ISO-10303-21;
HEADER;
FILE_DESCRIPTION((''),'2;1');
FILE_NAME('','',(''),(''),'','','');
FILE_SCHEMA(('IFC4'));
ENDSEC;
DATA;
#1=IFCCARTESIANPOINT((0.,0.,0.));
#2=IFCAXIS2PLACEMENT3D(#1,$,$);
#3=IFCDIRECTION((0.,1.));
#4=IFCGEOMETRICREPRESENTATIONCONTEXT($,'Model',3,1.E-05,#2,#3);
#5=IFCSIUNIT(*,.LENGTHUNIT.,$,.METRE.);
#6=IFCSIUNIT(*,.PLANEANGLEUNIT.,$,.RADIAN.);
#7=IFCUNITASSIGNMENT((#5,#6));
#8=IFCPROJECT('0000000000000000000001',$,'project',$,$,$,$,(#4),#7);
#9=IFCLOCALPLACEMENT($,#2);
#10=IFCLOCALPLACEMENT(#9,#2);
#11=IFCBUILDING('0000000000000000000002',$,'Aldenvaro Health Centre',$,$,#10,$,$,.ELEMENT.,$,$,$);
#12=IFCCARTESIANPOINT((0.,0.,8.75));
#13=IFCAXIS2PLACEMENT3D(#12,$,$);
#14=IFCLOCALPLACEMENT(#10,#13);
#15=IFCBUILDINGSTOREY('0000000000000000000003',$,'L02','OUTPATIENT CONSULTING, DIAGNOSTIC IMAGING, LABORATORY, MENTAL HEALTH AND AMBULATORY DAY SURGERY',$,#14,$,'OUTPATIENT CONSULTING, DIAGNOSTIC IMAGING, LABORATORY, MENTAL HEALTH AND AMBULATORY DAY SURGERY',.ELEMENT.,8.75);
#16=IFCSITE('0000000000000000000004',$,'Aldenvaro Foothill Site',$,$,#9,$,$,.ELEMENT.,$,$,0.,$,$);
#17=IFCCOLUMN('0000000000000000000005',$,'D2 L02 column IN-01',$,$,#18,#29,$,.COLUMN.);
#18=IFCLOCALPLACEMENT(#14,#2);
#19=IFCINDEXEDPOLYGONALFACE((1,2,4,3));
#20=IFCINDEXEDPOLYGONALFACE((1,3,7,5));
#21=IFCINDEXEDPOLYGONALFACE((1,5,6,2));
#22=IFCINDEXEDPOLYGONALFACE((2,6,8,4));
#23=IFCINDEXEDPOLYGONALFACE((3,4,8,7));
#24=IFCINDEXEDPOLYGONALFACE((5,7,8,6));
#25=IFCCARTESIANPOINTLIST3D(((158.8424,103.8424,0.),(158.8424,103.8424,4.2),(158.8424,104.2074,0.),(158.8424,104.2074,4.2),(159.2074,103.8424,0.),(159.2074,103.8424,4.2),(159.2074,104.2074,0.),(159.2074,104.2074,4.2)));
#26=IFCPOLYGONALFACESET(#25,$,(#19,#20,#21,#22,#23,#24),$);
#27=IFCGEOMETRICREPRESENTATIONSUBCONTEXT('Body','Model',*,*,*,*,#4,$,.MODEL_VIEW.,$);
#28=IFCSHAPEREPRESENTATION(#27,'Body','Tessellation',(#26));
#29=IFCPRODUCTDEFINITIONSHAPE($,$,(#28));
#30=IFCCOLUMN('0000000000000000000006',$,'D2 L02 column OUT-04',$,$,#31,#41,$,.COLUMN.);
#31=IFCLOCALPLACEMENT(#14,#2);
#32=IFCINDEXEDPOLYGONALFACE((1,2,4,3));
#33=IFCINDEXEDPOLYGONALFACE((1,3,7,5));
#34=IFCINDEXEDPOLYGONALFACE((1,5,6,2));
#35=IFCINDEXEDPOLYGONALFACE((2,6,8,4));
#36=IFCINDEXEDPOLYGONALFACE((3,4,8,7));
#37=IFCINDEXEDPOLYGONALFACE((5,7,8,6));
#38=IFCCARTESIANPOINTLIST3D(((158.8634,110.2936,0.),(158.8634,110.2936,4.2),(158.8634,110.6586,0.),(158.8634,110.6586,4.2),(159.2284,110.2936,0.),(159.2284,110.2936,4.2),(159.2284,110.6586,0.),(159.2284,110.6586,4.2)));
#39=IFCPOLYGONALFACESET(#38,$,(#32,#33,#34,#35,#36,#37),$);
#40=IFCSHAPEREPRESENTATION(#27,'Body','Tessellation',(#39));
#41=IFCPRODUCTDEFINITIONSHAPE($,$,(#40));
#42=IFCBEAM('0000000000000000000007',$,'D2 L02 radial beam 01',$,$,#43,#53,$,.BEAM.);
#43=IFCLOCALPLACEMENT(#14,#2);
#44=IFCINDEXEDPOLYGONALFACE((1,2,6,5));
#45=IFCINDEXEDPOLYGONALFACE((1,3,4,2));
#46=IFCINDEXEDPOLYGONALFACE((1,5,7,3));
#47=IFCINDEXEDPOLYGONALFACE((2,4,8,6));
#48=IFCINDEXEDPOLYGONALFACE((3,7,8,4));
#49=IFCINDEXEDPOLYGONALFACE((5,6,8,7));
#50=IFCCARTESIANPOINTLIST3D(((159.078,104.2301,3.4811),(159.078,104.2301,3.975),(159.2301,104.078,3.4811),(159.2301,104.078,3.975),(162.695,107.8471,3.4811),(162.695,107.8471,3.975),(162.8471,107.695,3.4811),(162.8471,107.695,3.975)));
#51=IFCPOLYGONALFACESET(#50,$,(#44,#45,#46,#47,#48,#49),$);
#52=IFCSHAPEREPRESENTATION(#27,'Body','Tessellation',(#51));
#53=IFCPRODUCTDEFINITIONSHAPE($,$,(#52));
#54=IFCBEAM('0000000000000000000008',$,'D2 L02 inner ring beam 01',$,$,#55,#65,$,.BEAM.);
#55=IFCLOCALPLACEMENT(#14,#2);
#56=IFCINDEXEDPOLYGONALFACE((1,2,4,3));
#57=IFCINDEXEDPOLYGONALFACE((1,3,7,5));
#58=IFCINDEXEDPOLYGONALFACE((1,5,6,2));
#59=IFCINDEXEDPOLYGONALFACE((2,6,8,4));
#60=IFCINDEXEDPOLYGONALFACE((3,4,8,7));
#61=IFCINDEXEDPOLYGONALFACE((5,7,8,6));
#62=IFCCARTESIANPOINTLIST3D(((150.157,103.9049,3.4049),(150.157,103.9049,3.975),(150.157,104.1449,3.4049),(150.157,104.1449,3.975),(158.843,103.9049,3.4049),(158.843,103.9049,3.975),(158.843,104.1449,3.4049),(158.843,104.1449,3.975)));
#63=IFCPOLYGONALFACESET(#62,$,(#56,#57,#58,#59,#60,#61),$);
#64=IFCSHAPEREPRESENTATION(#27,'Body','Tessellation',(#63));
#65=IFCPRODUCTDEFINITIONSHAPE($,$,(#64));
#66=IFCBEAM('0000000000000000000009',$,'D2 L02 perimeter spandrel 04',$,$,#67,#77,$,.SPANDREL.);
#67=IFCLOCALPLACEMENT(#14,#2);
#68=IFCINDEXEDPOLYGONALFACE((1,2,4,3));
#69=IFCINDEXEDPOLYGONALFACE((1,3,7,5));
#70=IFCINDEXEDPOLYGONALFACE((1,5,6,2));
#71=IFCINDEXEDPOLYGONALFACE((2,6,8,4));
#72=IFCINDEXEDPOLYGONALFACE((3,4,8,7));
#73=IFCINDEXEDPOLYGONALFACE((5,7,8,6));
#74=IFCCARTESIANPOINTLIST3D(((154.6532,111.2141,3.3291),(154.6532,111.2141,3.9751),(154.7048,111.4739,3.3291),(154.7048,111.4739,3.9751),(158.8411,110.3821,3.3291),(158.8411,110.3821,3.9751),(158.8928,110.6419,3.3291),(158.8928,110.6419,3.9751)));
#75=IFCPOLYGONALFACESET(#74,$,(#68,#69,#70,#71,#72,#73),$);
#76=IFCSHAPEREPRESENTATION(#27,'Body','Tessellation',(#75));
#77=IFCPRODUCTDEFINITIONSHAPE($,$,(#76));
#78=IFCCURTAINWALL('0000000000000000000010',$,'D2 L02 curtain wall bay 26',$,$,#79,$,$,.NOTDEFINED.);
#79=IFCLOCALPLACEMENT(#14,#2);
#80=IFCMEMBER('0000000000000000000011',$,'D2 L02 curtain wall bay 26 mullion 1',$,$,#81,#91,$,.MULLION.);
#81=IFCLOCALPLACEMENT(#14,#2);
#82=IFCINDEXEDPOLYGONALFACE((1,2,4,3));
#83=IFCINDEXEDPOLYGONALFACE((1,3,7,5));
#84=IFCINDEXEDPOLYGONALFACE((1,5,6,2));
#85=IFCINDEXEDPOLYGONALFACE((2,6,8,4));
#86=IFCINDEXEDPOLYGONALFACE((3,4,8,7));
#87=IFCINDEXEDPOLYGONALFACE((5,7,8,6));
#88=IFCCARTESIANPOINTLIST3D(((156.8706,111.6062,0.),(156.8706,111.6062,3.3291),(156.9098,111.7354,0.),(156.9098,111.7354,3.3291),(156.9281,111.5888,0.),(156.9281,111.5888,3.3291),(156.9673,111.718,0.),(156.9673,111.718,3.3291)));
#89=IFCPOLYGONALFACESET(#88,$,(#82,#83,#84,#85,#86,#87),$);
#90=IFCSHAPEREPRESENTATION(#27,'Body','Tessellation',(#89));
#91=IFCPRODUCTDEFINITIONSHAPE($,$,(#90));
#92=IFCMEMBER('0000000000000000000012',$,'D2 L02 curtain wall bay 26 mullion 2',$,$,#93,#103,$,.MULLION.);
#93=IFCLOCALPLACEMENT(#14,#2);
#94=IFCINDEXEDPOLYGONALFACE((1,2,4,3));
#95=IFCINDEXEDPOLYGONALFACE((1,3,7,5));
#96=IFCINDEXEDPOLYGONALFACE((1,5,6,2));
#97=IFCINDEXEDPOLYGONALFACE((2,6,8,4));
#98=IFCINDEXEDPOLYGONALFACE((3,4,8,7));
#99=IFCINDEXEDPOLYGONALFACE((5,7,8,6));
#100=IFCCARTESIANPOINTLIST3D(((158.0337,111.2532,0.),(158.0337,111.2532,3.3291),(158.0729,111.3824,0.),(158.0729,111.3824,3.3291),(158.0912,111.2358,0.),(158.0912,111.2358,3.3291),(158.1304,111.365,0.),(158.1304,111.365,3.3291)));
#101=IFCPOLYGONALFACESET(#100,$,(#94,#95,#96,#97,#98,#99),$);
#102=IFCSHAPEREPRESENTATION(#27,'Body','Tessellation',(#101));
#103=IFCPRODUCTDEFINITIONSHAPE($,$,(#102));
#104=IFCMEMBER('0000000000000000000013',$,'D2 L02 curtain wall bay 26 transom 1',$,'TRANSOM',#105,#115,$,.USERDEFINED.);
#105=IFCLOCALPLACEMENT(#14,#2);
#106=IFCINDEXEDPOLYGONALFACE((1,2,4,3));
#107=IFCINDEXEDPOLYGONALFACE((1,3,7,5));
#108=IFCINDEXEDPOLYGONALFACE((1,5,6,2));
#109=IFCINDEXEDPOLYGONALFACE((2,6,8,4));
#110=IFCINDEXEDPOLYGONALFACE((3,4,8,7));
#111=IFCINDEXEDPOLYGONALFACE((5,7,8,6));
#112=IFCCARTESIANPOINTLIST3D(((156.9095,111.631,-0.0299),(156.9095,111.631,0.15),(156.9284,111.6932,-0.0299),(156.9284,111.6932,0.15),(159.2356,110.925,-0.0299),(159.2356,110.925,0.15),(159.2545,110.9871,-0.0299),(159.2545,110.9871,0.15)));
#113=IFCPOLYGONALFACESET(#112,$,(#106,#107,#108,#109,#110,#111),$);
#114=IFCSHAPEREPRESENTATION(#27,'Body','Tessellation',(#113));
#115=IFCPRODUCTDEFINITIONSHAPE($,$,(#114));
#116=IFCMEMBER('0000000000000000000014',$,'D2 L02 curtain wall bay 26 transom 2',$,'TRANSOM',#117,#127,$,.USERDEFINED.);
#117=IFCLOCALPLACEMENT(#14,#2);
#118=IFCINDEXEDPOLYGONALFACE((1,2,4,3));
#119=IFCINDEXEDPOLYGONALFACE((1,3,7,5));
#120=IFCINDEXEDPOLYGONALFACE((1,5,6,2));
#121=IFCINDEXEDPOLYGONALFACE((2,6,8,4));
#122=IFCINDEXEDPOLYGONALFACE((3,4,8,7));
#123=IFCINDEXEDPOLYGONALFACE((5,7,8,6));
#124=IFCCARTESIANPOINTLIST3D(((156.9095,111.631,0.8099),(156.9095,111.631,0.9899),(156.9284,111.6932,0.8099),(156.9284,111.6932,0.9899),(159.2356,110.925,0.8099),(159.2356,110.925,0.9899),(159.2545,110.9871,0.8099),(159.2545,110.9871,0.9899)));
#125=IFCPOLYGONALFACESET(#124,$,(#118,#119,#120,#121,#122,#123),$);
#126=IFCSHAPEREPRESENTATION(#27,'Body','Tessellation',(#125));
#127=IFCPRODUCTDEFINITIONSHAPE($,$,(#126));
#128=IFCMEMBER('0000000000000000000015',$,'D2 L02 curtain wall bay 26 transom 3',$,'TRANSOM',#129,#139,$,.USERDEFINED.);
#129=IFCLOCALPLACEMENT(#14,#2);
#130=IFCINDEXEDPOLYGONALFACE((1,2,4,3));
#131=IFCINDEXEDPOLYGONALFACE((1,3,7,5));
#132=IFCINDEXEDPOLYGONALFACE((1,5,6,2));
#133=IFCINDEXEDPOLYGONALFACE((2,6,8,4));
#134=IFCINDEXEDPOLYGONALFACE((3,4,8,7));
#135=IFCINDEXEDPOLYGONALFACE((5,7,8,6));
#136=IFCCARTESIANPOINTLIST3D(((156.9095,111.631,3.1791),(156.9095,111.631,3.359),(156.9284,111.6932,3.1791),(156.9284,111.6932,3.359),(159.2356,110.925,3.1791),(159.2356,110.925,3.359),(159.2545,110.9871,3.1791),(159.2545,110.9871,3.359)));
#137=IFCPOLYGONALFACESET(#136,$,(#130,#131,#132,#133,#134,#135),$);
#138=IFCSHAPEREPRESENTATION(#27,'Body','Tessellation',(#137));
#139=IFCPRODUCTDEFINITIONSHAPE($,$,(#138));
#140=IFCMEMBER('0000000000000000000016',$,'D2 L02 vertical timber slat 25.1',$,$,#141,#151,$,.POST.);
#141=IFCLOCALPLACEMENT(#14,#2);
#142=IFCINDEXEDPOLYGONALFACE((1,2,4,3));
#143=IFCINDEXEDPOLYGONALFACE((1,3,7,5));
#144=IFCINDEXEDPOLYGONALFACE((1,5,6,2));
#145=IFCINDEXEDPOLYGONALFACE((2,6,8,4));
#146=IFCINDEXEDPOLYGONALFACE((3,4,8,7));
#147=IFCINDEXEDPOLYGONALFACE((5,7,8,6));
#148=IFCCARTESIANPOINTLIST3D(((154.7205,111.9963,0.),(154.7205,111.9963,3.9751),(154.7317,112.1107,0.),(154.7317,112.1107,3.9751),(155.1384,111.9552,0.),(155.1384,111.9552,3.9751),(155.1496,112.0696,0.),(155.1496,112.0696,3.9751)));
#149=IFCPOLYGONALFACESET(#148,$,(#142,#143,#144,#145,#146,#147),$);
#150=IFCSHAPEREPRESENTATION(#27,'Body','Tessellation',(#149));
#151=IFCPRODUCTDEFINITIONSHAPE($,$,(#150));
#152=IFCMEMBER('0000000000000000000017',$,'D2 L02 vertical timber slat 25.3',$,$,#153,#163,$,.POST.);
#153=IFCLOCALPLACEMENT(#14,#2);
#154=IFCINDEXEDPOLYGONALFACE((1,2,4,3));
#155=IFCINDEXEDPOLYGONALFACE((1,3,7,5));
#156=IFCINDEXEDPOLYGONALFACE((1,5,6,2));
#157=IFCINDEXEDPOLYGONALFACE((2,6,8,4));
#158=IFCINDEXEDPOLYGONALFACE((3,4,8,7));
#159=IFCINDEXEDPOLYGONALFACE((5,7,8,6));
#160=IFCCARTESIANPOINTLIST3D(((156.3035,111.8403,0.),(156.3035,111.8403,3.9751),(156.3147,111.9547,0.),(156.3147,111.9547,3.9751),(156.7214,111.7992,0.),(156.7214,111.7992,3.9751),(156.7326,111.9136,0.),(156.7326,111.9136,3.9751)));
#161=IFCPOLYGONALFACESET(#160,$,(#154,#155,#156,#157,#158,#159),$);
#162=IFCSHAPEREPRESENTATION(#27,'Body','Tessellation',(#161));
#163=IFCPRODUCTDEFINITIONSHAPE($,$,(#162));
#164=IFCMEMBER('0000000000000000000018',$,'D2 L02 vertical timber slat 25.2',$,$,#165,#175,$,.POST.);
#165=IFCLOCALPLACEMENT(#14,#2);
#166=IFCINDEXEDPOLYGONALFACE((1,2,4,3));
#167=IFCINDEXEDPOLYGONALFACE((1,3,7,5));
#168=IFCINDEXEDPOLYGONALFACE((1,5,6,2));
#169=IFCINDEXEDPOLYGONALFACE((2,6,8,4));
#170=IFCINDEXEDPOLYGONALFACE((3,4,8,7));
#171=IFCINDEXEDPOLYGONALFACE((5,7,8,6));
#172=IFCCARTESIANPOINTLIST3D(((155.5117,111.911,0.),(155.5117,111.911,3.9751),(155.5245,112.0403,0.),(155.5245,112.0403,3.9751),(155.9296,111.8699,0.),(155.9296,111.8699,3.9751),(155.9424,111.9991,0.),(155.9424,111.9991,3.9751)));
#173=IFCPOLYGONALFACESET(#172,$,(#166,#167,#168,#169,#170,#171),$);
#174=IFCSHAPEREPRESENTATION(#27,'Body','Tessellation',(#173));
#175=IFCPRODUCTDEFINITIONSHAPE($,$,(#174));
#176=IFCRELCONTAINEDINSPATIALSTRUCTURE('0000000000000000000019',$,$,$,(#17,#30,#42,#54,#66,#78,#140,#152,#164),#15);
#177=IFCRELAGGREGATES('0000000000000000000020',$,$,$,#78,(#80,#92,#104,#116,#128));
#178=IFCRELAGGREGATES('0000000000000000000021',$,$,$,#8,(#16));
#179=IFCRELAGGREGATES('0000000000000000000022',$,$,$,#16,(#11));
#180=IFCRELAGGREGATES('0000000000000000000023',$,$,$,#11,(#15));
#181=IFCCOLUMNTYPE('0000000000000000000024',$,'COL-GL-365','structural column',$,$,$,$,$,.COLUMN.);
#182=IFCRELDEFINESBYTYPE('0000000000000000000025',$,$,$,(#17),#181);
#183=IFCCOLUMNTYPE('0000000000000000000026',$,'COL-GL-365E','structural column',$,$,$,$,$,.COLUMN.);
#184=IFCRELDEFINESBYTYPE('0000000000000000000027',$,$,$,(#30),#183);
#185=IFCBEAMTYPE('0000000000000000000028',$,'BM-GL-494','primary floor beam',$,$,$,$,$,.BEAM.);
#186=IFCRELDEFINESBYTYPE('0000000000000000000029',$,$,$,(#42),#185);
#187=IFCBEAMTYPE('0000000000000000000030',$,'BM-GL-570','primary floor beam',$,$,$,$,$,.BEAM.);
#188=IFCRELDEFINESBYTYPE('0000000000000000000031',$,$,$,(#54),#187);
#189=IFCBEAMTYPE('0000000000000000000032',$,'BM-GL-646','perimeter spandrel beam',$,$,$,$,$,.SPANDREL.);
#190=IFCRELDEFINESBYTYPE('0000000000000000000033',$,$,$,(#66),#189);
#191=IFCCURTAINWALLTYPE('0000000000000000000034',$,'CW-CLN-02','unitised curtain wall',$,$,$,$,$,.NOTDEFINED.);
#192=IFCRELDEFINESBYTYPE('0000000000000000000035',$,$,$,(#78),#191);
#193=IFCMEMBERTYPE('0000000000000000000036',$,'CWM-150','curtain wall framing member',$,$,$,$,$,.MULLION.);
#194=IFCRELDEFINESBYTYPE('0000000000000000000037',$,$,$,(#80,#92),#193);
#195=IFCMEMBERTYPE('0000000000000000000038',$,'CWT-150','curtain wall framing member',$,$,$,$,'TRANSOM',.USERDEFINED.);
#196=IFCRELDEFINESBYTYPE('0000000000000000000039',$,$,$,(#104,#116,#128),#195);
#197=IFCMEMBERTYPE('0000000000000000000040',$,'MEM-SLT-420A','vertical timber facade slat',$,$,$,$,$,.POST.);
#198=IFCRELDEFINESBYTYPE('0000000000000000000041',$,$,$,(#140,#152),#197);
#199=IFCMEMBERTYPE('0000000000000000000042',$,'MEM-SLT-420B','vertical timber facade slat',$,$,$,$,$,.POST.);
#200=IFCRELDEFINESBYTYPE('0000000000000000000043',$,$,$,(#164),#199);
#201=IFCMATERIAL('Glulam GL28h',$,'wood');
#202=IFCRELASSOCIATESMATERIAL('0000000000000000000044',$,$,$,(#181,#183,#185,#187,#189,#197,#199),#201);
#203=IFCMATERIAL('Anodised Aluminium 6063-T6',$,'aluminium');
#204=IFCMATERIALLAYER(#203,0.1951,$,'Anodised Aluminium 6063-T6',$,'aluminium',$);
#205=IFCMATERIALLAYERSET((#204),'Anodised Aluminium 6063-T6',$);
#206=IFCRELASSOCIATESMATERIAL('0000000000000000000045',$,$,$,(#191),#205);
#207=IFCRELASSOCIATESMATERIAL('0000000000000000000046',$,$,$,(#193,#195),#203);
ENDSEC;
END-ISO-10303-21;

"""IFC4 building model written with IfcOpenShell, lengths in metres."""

from ifc_helpers import new_model, si_unit, direction, frame, origin, origin_2d, place, context, subcontext, project, spatial, rectangle, extrude, material, layer, layer_set, material_profile, profile_set, type_object, element, aggregate, save


model = new_model("IFC4")

# Units and contexts
model_context = context("Model", 3, precision=1e-05, world=origin(), true_north=direction((0.0, 1.0)))
body_context = subcontext(model_context, "Body", "Model", "MODEL_VIEW")
ifc_project = project(units=[si_unit("LENGTHUNIT", "METRE"), si_unit("PLANEANGLEUNIT", "RADIAN")], contexts=[model_context])

# Site, building, storey
site_placement = place(None, origin())
site = spatial("IfcSite", under=ifc_project, at=site_placement, Name="Aldenvaro Foothill Site", CompositionType="ELEMENT", RefElevation=0.0)
building_placement = place(site_placement, origin())
building = spatial("IfcBuilding", under=site, at=building_placement, Name="Aldenvaro Health Centre", CompositionType="ELEMENT")
storey_placement = place(building_placement, frame((0.0, 0.0, 8.75)))
storey = spatial("IfcBuildingStorey", under=building, at=storey_placement, Name="L02", Description="OUTPATIENT CONSULTING, DIAGNOSTIC IMAGING, LABORATORY, MENTAL HEALTH AND AMBULATORY DAY SURGERY", LongName="OUTPATIENT CONSULTING, DIAGNOSTIC IMAGING, LABORATORY, MENTAL HEALTH AND AMBULATORY DAY SURGERY", CompositionType="ELEMENT", Elevation=8.75)

# Columns
ifc_material_1 = material(Name="Glulam GL28h", Category="wood")
ifc_material_profile_1 = material_profile(ifc_material_1, rectangle(XDim=0.365, YDim=0.365, at=origin_2d()), Name="GL 365x365", Category="wood")
ifc_profile_set_1 = profile_set([ifc_material_profile_1], Name="Glulam GL28h")
column_type_1 = type_object("IfcColumnType", Name="COL-GL-365", Description="structural column", PredefinedType="COLUMN", material=ifc_profile_set_1)
column_1_placement = place(storey_placement, frame((159.0249, 104.0249, 0.0), z_axis=(0.0, 0.0, 1.0), x_axis=(1.0, 0.0, 0.0)))
element("IfcColumn", 1, at=column_1_placement, inside=storey, type_object=column_type_1, Name="D2 L02 column IN-01", PredefinedType="COLUMN", context=body_context, shape_type="SweptSolid", body=[
    extrude(rectangle(XDim=0.365, YDim=0.365, at=origin_2d()), origin(), (0.0, 0.0, 1.0), 4.2),
])
ifc_material_profile_2 = material_profile(ifc_material_1, rectangle(XDim=0.365, YDim=0.365, at=origin_2d()), Name="GL 365x365", Category="wood")
ifc_profile_set_2 = profile_set([ifc_material_profile_2], Name="Glulam GL28h")
column_type_2 = type_object("IfcColumnType", Name="COL-GL-365E", Description="structural column", PredefinedType="COLUMN", material=ifc_profile_set_2)
column_2_placement = place(storey_placement, frame((159.0459, 110.4761, 0.0), z_axis=(0.0, 0.0, 1.0), x_axis=(1.0, 0.0, 0.0)))
element("IfcColumn", 2, at=column_2_placement, inside=storey, type_object=column_type_2, Name="D2 L02 column OUT-04", PredefinedType="COLUMN", context=body_context, shape_type="SweptSolid", body=[
    extrude(rectangle(XDim=0.365, YDim=0.365, at=origin_2d()), origin(), (0.0, 0.0, 1.0), 4.2),
])

# Beams
ifc_material_profile_3 = material_profile(ifc_material_1, rectangle(XDim=0.2151, YDim=0.4939, at=origin_2d()), Name="GL 215x494", Category="wood")
ifc_profile_set_3 = profile_set([ifc_material_profile_3], Name="Glulam GL28h")
beam_type_1 = type_object("IfcBeamType", Name="BM-GL-494", Description="primary floor beam", PredefinedType="BEAM", material=ifc_profile_set_3)
beam_1_placement = place(storey_placement, frame((159.1541, 104.1541, 3.728), z_axis=(0.707107, 0.707107, 0.0), x_axis=(-0.707107, 0.707107, 0.0)))
element("IfcBeam", 3, at=beam_1_placement, inside=storey, type_object=beam_type_1, Name="D2 L02 radial beam 01", PredefinedType="BEAM", context=body_context, shape_type="SweptSolid", body=[
    extrude(rectangle(XDim=0.2151, YDim=0.4939, at=origin_2d()), origin(), (0.0, 0.0, 1.0), 5.1152),
])
ifc_material_profile_4 = material_profile(ifc_material_1, rectangle(XDim=0.24, YDim=0.5701, at=origin_2d()), Name="GL 240x570", Category="wood")
ifc_profile_set_4 = profile_set([ifc_material_profile_4], Name="Glulam GL28h")
beam_type_2 = type_object("IfcBeamType", Name="BM-GL-570", Description="primary floor beam", PredefinedType="BEAM", material=ifc_profile_set_4)
beam_2_placement = place(storey_placement, frame((158.843, 104.0249, 3.6899), z_axis=(-1.0, 0.0, 0.0), x_axis=(0.0, -1.0, 0.0)))
element("IfcBeam", 4, at=beam_2_placement, inside=storey, type_object=beam_type_2, Name="D2 L02 inner ring beam 01", PredefinedType="BEAM", context=body_context, shape_type="SweptSolid", body=[
    extrude(rectangle(XDim=0.24, YDim=0.5701, at=origin_2d()), origin(), (0.0, 0.0, 1.0), 8.686),
])
ifc_material_profile_5 = material_profile(ifc_material_1, rectangle(XDim=0.2649, YDim=0.646, at=origin_2d()), Name="GL 265x646", Category="wood")
ifc_profile_set_5 = profile_set([ifc_material_profile_5], Name="Glulam GL28h")
beam_type_3 = type_object("IfcBeamType", Name="BM-GL-646", Description="perimeter spandrel beam", PredefinedType="SPANDREL", material=ifc_profile_set_5)
beam_3_placement = place(storey_placement, frame((158.8669, 110.512, 3.6521), z_axis=(-0.980831, 0.194862, 0.0), x_axis=(-0.194862, -0.980831, 0.0)))
element("IfcBeam", 5, at=beam_3_placement, inside=storey, type_object=beam_type_3, Name="D2 L02 perimeter spandrel 04", PredefinedType="SPANDREL", context=body_context, shape_type="SweptSolid", body=[
    extrude(rectangle(XDim=0.2649, YDim=0.646, at=origin_2d()), origin(), (0.0, 0.0, 1.0), 4.2698),
])

# Curtain wall, members
ifc_material_2 = material(Name="Anodised Aluminium 6063-T6", Category="aluminium")
ifc_layer_1 = layer(ifc_material_2, 0.1951, Name="Anodised Aluminium 6063-T6", Category="aluminium")
ifc_layer_set_1 = layer_set([ifc_layer_1], Name="Anodised Aluminium 6063-T6")
curtain_wall_type = type_object("IfcCurtainWallType", Name="CW-CLN-02", Description="unitised curtain wall", PredefinedType="NOTDEFINED", material=ifc_layer_set_1)
curtain_wall_placement = place(storey_placement, origin())
curtain_wall = element("IfcCurtainWall", 6, at=curtain_wall_placement, inside=storey, type_object=curtain_wall_type, Name="D2 L02 curtain wall bay 26", PredefinedType="NOTDEFINED")
ifc_material_profile_6 = material_profile(ifc_material_2, rectangle(XDim=0.0601, YDim=0.135, at=origin_2d()), Name="ALU 60x135", Category="aluminium")
ifc_profile_set_6 = profile_set([ifc_material_profile_6], Name="Anodised Aluminium 6063-T6")
member_type_1 = type_object("IfcMemberType", Name="CWM-150", Description="curtain wall framing member", PredefinedType="MULLION", material=ifc_profile_set_6)
member_1_placement = place(storey_placement, frame((156.9189, 111.6621, 0.0), z_axis=(0.0, 0.0, 1.0), x_axis=(0.956893, -0.290441, 0.0)))
member_1 = element("IfcMember", 7, at=member_1_placement, type_object=member_type_1, Name="D2 L02 curtain wall bay 26 mullion 1", PredefinedType="MULLION", context=body_context, shape_type="SweptSolid", body=[
    extrude(rectangle(XDim=0.0601, YDim=0.135, at=origin_2d()), origin(), (0.0, 0.0, 1.0), 3.3291),
])
member_2_placement = place(storey_placement, frame((158.082, 111.3091, 0.0), z_axis=(0.0, 0.0, 1.0), x_axis=(0.956893, -0.290441, 0.0)))
member_2 = element("IfcMember", 8, at=member_2_placement, type_object=member_type_1, Name="D2 L02 curtain wall bay 26 mullion 2", PredefinedType="MULLION", context=body_context, shape_type="SweptSolid", body=[
    extrude(rectangle(XDim=0.0601, YDim=0.135, at=origin_2d()), origin(), (0.0, 0.0, 1.0), 3.3291),
])
ifc_material_profile_7 = material_profile(ifc_material_2, rectangle(XDim=0.0649, YDim=0.1799, at=origin_2d()), Name="ALU 65x180", Category="aluminium")
ifc_profile_set_7 = profile_set([ifc_material_profile_7], Name="Anodised Aluminium 6063-T6")
member_type_2 = type_object("IfcMemberType", Name="CWT-150", Description="curtain wall framing member", ElementType="TRANSOM", PredefinedType="USERDEFINED", material=ifc_profile_set_7)
member_3_placement = place(storey_placement, frame((156.9189, 111.6621, 0.0601), z_axis=(0.956893, -0.290442, 0.0), x_axis=(0.290442, 0.956893, 0.0)))
member_3 = element("IfcMember", 9, at=member_3_placement, type_object=member_type_2, Name="D2 L02 curtain wall bay 26 transom 1", ObjectType="TRANSOM", PredefinedType="USERDEFINED", context=body_context, shape_type="SweptSolid", body=[
    extrude(rectangle(XDim=0.0649, YDim=0.1799, at=origin_2d()), origin(), (0.0, 0.0, 1.0), 2.4309),
])
member_4_placement = place(storey_placement, frame((156.9189, 111.6621, 0.8999), z_axis=(0.956893, -0.290442, 0.0), x_axis=(0.290442, 0.956893, 0.0)))
member_4 = element("IfcMember", 10, at=member_4_placement, type_object=member_type_2, Name="D2 L02 curtain wall bay 26 transom 2", ObjectType="TRANSOM", PredefinedType="USERDEFINED", context=body_context, shape_type="SweptSolid", body=[
    extrude(rectangle(XDim=0.0649, YDim=0.1799, at=origin_2d()), origin(), (0.0, 0.0, 1.0), 2.4309),
])
member_5_placement = place(storey_placement, frame((156.9189, 111.6621, 3.269), z_axis=(0.956893, -0.290442, 0.0), x_axis=(0.290442, 0.956893, 0.0)))
member_5 = element("IfcMember", 11, at=member_5_placement, type_object=member_type_2, Name="D2 L02 curtain wall bay 26 transom 3", ObjectType="TRANSOM", PredefinedType="USERDEFINED", context=body_context, shape_type="SweptSolid", body=[
    extrude(rectangle(XDim=0.0649, YDim=0.1799, at=origin_2d()), origin(), (0.0, 0.0, 1.0), 2.4309),
])

# Members
ifc_material_profile_8 = material_profile(ifc_material_1, rectangle(XDim=0.115, YDim=0.4199, at=origin_2d()), Name="GL 115x420", Category="wood")
ifc_profile_set_8 = profile_set([ifc_material_profile_8], Name="Glulam GL28h")
member_type_3 = type_object("IfcMemberType", Name="MEM-SLT-420A", Description="vertical timber facade slat", PredefinedType="POST", material=ifc_profile_set_8)
for number, where, z_axis, x_axis, name in (
    (12, (154.9351, 112.033, 0.0), (0.0, 0.0, 1.0), (0.097915, 0.995195, 0.0), "D2 L02 vertical timber slat 25.1"),
    (13, (156.5181, 111.877, 0.0), (0.0, 0.0, 1.0), (0.097915, 0.995195, 0.0), "D2 L02 vertical timber slat 25.3"),
):
    element("IfcMember", number, at=place(storey_placement, frame(where, z_axis=z_axis, x_axis=x_axis)), inside=storey, type_object=member_type_3, Name=name, PredefinedType="POST", context=body_context, shape_type="SweptSolid", body=[
        extrude(rectangle(XDim=0.115, YDim=0.4199, at=origin_2d()), origin(), (0.0, 0.0, 1.0), 3.9751),
    ])
ifc_material_profile_9 = material_profile(ifc_material_1, rectangle(XDim=0.1299, YDim=0.4199, at=origin_2d()), Name="GL 130x420", Category="wood")
ifc_profile_set_9 = profile_set([ifc_material_profile_9], Name="Glulam GL28h")
member_type_4 = type_object("IfcMemberType", Name="MEM-SLT-420B", Description="vertical timber facade slat", PredefinedType="POST", material=ifc_profile_set_9)
member_6_placement = place(storey_placement, frame((155.7271, 111.9551, 0.0), z_axis=(0.0, 0.0, 1.0), x_axis=(0.097915, 0.995195, 0.0)))
element("IfcMember", 14, at=member_6_placement, inside=storey, type_object=member_type_4, Name="D2 L02 vertical timber slat 25.2", PredefinedType="POST", context=body_context, shape_type="SweptSolid", body=[
    extrude(rectangle(XDim=0.1299, YDim=0.4199, at=origin_2d()), origin(), (0.0, 0.0, 1.0), 3.9751),
])

aggregate(curtain_wall, [member_1, member_2, member_3, member_4, member_5])

save(model, "model.ifc")
